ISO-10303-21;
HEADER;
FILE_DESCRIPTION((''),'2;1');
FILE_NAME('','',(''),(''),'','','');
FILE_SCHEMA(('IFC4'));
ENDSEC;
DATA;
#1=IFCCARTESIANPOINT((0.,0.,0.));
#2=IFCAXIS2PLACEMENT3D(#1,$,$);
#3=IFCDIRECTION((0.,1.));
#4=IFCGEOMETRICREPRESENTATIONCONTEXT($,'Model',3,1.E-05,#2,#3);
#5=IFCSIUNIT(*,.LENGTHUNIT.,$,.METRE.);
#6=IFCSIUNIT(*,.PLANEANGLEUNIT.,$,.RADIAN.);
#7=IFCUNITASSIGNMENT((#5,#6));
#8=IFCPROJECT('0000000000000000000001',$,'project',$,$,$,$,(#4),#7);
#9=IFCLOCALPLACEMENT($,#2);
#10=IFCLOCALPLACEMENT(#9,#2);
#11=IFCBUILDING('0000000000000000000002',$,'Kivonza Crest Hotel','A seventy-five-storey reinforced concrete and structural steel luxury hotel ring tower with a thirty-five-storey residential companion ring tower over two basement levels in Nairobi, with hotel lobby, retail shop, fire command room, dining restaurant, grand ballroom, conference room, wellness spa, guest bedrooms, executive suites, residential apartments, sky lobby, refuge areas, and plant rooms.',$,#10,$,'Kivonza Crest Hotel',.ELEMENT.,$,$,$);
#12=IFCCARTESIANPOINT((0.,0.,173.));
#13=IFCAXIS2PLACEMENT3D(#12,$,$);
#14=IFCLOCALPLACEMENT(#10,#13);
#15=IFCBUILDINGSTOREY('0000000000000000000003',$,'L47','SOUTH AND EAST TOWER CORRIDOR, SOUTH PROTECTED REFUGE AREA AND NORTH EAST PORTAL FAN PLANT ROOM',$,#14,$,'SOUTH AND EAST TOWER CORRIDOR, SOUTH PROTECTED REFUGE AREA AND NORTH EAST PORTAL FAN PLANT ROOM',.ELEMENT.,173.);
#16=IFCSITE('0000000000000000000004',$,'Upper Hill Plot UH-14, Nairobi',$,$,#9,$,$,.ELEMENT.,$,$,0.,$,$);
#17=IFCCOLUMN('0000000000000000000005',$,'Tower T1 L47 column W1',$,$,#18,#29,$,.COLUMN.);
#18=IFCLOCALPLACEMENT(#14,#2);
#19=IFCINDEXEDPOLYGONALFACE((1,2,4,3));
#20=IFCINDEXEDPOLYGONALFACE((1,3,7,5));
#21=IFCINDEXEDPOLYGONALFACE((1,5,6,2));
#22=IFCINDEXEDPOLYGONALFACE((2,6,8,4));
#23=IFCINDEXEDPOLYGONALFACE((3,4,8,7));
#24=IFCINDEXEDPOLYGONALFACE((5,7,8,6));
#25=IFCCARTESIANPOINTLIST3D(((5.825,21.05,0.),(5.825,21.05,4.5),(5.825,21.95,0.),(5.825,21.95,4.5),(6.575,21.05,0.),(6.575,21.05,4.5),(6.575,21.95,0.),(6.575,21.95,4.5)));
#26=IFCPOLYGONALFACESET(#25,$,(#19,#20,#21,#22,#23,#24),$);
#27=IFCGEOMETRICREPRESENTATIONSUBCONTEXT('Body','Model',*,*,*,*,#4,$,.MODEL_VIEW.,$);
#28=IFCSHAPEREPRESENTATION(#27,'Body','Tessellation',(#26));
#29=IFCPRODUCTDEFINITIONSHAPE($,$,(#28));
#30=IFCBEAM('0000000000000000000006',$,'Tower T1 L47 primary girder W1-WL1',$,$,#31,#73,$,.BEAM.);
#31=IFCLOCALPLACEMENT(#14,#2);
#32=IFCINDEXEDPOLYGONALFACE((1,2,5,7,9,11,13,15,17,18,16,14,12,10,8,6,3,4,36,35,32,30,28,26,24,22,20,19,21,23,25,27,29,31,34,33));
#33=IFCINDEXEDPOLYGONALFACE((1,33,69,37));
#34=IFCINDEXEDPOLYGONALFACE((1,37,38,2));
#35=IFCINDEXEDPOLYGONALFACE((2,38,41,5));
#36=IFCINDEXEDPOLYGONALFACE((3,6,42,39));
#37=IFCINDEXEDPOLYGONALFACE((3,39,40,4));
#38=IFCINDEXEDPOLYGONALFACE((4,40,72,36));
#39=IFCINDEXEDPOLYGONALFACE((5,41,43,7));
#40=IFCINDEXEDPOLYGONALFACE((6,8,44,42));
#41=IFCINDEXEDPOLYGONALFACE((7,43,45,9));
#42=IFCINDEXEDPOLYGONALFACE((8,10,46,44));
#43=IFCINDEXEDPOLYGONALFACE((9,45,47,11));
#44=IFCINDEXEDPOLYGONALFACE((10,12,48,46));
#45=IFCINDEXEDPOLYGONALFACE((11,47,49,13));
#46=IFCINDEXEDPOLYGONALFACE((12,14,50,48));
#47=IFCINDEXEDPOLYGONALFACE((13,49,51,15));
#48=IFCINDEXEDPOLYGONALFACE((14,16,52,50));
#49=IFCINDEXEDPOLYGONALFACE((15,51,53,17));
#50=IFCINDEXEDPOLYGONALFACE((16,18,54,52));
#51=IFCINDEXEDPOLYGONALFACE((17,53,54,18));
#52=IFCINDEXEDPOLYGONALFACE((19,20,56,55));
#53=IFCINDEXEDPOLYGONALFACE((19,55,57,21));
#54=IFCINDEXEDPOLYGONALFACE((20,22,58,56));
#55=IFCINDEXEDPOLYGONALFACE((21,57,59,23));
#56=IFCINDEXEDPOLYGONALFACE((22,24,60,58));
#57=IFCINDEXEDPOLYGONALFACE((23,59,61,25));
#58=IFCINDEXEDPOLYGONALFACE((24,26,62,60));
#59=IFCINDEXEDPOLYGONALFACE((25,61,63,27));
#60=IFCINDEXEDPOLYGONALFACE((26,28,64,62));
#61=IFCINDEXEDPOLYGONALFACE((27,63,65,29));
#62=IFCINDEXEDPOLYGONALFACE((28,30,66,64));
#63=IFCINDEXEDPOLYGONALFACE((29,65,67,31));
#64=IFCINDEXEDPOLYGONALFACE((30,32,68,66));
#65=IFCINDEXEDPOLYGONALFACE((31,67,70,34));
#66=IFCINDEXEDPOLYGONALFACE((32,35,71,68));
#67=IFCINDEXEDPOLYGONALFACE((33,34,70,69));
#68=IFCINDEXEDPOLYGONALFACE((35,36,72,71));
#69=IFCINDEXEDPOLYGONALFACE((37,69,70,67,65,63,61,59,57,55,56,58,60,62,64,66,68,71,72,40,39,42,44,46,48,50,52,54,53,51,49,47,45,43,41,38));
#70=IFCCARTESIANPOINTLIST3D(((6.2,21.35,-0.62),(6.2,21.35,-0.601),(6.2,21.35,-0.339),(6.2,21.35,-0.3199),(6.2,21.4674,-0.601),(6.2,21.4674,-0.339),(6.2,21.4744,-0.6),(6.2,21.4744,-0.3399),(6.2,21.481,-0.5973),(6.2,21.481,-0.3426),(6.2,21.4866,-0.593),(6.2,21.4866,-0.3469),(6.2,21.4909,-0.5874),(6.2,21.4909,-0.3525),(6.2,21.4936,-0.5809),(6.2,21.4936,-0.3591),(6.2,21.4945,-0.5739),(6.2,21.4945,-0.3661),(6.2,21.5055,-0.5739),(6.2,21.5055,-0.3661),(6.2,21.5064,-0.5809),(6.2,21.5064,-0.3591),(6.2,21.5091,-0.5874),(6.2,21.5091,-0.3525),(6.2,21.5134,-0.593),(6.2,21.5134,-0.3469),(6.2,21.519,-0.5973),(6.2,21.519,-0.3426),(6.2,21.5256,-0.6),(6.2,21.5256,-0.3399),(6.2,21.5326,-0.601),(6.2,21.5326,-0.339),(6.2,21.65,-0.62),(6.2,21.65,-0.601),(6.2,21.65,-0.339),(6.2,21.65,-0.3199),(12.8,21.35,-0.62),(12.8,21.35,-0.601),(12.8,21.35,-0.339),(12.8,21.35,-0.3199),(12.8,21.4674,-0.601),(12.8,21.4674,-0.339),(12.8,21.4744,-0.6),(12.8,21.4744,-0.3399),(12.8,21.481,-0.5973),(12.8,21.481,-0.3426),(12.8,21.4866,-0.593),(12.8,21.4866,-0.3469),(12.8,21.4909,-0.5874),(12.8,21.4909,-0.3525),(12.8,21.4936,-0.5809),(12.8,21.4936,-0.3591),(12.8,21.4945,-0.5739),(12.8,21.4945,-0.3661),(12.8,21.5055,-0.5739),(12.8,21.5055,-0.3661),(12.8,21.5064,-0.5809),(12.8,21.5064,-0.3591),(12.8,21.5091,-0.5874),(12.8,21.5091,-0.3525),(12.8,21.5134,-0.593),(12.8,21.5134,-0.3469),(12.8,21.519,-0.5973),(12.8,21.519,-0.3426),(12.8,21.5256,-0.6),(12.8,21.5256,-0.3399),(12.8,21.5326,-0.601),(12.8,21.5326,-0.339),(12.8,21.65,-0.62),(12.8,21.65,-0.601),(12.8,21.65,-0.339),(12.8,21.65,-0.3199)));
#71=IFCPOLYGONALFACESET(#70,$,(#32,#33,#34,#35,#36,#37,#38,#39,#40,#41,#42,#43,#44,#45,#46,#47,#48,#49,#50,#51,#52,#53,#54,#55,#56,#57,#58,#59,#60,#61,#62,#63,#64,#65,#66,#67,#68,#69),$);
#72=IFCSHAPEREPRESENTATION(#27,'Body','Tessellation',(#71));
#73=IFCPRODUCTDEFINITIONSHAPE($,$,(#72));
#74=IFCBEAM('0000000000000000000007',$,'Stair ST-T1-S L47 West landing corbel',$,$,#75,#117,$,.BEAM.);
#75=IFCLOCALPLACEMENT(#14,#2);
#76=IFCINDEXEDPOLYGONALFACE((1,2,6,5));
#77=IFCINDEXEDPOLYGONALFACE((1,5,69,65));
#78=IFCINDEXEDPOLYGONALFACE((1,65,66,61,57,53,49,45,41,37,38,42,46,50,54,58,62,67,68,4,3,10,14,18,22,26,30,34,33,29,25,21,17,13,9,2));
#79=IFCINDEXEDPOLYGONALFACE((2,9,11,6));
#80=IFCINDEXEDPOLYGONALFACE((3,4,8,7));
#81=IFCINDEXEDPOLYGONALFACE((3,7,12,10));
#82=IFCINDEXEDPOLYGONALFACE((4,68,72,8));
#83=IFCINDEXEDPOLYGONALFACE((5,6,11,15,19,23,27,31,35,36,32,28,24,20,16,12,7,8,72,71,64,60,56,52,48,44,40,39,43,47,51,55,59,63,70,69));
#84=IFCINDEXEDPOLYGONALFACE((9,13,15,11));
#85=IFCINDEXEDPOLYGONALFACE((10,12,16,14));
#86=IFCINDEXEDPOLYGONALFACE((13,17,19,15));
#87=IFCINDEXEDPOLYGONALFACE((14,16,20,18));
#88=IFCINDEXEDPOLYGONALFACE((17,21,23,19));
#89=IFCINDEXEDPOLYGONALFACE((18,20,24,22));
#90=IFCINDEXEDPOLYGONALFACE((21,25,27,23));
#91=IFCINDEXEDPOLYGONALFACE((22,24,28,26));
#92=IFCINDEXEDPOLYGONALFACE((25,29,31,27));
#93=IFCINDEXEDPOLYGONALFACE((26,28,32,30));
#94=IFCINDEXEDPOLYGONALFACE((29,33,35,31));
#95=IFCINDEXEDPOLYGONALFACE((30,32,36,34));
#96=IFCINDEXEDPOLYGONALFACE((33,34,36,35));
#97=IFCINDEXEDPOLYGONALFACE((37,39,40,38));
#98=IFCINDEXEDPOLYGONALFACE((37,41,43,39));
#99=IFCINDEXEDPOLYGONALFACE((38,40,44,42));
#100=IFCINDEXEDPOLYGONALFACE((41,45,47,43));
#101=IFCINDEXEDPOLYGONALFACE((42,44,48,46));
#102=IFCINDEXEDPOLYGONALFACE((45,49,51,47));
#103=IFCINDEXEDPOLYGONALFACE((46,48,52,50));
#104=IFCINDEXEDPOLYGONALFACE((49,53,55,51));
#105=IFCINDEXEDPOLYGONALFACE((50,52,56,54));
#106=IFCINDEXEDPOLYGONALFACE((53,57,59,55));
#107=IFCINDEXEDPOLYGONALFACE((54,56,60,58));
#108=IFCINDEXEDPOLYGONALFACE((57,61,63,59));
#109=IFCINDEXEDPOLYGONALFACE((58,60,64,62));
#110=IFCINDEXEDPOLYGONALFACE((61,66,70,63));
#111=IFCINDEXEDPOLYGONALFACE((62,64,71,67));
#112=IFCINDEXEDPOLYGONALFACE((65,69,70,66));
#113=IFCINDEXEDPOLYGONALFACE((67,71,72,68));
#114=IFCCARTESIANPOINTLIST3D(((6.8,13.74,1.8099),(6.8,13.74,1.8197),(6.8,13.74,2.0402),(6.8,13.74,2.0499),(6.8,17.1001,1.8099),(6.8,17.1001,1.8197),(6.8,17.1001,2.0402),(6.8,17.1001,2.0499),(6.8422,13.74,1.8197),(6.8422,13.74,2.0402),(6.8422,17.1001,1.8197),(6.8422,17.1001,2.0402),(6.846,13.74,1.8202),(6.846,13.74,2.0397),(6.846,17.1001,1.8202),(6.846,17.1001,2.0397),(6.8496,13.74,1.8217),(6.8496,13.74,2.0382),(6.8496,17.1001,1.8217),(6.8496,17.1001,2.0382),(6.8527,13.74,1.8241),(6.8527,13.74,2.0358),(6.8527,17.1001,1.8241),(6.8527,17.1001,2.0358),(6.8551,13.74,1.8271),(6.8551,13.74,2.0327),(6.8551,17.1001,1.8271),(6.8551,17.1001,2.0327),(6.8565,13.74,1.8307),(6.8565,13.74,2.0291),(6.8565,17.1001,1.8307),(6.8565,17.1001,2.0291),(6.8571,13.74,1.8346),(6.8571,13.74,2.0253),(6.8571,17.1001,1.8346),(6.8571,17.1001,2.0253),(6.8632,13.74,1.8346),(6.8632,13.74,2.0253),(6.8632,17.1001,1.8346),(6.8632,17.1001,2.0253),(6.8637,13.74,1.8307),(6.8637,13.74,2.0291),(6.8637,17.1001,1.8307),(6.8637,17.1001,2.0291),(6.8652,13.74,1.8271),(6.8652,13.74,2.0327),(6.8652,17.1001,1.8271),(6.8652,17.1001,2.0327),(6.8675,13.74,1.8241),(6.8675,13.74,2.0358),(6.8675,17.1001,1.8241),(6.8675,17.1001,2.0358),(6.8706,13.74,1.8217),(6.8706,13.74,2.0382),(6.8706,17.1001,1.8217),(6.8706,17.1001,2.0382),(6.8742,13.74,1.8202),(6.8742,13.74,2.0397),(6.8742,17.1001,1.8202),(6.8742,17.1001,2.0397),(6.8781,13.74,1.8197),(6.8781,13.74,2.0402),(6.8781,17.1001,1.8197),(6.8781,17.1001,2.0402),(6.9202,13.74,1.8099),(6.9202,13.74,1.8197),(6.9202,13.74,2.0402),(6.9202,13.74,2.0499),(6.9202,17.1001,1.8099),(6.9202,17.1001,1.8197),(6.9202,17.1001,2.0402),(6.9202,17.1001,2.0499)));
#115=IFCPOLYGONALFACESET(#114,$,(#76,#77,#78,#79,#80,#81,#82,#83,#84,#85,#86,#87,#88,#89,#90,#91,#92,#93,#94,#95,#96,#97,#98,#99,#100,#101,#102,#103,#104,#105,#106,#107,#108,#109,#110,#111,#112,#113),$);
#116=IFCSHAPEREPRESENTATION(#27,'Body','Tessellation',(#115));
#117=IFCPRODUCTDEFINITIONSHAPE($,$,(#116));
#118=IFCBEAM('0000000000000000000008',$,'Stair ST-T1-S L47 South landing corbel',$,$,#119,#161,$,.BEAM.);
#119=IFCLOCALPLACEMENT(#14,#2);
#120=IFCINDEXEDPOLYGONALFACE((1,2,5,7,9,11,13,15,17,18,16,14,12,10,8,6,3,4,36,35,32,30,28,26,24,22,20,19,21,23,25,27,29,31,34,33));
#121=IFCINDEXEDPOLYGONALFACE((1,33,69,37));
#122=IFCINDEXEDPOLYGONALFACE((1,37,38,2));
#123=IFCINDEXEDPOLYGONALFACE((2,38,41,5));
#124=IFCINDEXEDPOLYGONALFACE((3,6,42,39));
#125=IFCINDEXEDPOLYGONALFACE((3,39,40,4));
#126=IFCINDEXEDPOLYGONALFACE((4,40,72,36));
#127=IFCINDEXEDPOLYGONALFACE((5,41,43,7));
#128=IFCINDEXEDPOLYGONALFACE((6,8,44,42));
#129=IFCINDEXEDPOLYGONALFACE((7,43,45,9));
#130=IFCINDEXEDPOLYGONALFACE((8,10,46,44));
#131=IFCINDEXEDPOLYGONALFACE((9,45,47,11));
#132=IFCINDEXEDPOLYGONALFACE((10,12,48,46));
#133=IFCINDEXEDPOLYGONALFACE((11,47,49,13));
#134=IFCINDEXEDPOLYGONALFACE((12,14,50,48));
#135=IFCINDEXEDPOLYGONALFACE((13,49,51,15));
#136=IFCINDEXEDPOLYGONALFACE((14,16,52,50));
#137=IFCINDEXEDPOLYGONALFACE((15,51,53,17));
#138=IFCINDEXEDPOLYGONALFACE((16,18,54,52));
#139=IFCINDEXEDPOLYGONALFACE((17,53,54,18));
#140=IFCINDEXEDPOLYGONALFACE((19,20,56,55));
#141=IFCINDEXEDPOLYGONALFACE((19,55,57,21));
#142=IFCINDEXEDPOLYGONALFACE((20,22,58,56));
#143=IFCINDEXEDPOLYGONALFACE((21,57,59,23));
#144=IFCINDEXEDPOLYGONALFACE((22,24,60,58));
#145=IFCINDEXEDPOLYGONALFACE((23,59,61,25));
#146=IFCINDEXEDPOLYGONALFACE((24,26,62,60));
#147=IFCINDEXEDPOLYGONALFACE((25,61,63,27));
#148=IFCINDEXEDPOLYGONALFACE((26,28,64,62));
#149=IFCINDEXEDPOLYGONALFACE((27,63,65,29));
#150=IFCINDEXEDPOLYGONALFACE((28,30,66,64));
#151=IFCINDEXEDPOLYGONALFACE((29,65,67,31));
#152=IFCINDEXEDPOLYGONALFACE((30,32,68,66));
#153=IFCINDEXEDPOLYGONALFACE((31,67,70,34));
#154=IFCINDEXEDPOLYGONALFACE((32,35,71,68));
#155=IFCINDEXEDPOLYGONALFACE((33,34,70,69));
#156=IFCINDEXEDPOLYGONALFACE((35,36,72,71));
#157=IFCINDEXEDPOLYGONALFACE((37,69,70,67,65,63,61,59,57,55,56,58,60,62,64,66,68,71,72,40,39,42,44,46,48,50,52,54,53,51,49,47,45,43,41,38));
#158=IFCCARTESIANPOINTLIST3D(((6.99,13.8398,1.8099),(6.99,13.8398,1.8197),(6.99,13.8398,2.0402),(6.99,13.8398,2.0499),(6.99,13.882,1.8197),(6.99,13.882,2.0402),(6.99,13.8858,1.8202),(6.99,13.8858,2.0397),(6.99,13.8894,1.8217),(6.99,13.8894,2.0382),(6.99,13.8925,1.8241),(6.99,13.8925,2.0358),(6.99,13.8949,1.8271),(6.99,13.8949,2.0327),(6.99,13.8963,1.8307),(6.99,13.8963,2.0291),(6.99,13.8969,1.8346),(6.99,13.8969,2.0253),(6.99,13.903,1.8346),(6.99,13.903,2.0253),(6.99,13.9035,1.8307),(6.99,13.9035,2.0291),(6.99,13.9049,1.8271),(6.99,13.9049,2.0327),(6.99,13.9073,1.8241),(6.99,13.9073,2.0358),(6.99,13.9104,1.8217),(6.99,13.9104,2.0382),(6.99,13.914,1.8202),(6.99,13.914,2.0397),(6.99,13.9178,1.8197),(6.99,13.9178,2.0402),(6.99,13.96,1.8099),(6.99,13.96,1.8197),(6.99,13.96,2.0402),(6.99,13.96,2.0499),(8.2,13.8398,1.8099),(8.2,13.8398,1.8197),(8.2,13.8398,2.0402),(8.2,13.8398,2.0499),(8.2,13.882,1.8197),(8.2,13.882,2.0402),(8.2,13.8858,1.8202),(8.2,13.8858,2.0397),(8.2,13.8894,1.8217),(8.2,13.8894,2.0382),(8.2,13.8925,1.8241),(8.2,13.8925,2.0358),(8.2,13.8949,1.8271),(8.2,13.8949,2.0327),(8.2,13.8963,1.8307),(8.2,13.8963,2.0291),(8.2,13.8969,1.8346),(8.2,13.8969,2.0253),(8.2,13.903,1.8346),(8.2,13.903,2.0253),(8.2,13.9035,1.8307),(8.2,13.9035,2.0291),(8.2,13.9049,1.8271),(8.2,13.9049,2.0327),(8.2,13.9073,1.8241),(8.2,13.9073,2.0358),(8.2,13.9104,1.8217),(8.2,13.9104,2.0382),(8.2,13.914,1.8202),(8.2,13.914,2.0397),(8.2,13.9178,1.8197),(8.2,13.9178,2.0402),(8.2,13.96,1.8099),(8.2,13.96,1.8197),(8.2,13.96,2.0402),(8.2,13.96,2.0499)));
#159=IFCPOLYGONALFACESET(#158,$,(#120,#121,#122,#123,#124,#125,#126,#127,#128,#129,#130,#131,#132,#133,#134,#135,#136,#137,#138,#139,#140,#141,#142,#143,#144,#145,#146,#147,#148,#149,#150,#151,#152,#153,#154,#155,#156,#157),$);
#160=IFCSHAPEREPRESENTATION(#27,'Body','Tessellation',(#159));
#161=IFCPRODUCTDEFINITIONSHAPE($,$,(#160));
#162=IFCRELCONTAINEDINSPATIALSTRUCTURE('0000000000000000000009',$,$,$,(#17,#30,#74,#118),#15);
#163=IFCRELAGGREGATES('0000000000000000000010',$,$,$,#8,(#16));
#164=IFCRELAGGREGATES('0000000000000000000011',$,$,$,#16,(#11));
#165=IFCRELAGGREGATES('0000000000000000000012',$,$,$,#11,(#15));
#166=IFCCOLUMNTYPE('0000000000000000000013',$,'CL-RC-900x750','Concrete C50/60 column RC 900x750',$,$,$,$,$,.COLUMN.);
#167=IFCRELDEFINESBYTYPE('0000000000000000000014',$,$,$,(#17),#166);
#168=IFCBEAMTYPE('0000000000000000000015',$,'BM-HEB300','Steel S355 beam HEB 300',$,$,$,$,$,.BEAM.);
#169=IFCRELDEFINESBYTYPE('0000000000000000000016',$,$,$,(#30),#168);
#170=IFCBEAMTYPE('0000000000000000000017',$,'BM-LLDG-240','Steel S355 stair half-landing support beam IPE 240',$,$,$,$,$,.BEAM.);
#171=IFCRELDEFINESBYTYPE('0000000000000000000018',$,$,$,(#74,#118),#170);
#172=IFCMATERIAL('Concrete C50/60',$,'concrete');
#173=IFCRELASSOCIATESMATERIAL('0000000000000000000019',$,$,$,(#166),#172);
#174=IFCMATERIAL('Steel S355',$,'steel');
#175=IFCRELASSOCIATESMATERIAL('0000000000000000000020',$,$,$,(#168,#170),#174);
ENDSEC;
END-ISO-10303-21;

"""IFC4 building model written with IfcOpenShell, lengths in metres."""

from ifc_helpers import new_model, si_unit, direction, frame, origin, origin_2d, place, context, subcontext, project, spatial, rectangle, i_section, extrude, material, material_profile, profile_set, type_object, element, save


model = new_model("IFC4")

# Units and contexts
model_context = context("Model", 3, precision=1e-05, world=origin(), true_north=direction((0.0, 1.0)))
body_context = subcontext(model_context, "Body", "Model", "MODEL_VIEW")
ifc_project = project(units=[si_unit("LENGTHUNIT", "METRE"), si_unit("PLANEANGLEUNIT", "RADIAN")], contexts=[model_context])

# Site, building, storey
site_placement = place(None, origin())
site = spatial("IfcSite", under=ifc_project, at=site_placement, Name="Upper Hill Plot UH-14, Nairobi", CompositionType="ELEMENT", RefElevation=0.0)
building_placement = place(site_placement, origin())
building = spatial("IfcBuilding", under=site, at=building_placement, Name="Kivonza Crest Hotel", Description="A seventy-five-storey reinforced concrete and structural steel luxury hotel ring tower with a thirty-five-storey residential companion ring tower over two basement levels in Nairobi, with hotel lobby, retail shop, fire command room, dining restaurant, grand ballroom, conference room, wellness spa, guest bedrooms, executive suites, residential apartments, sky lobby, refuge areas, and plant rooms.", LongName="Kivonza Crest Hotel", CompositionType="ELEMENT")
storey_placement = place(building_placement, frame((0.0, 0.0, 173.0)))
storey = spatial("IfcBuildingStorey", under=building, at=storey_placement, Name="L47", Description="SOUTH AND EAST TOWER CORRIDOR, SOUTH PROTECTED REFUGE AREA AND NORTH EAST PORTAL FAN PLANT ROOM", LongName="SOUTH AND EAST TOWER CORRIDOR, SOUTH PROTECTED REFUGE AREA AND NORTH EAST PORTAL FAN PLANT ROOM", CompositionType="ELEMENT", Elevation=173.0)

# Column
ifc_material_1 = material(Name="Concrete C50/60", Category="concrete")
ifc_material_profile_1 = material_profile(ifc_material_1, rectangle(XDim=0.75, YDim=0.8999, at=origin_2d()), Name="RC 900x750")
ifc_profile_set_1 = profile_set([ifc_material_profile_1], Name="Concrete C50/60")
column_type = type_object("IfcColumnType", Name="CL-RC-900x750", Description="Concrete C50/60 column RC 900x750", PredefinedType="COLUMN", material=ifc_profile_set_1)
column_placement = place(storey_placement, frame((6.2, 21.5, 0.0), z_axis=(0.0, 0.0, 1.0), x_axis=(1.0, 0.0, 0.0)))
element("IfcColumn", 1, at=column_placement, inside=storey, type_object=column_type, Name="Tower T1 L47 column W1", PredefinedType="COLUMN", context=body_context, shape_type="SweptSolid", body=[
    extrude(rectangle(XDim=0.75, YDim=0.8999, at=origin_2d()), origin(), (0.0, 0.0, 1.0), 4.5),
])

# Beams
ifc_material_2 = material(Name="Steel S355", Category="steel")
ifc_material_profile_2 = material_profile(ifc_material_2, i_section(OverallWidth=0.3, OverallDepth=0.3, WebThickness=0.011, FlangeThickness=0.019, FilletRadius=0.0271, at=origin_2d()), Name="HEB 300")
ifc_profile_set_2 = profile_set([ifc_material_profile_2], Name="Steel S355")
beam_type_1 = type_object("IfcBeamType", Name="BM-HEB300", Description="Steel S355 beam HEB 300", PredefinedType="BEAM", material=ifc_profile_set_2)
beam_1_placement = place(storey_placement, frame((6.2, 21.5, -0.47), z_axis=(1.0, 0.0, 0.0), x_axis=(0.0, 1.0, 0.0)))
element("IfcBeam", 2, at=beam_1_placement, inside=storey, type_object=beam_type_1, Name="Tower T1 L47 primary girder W1-WL1", PredefinedType="BEAM", context=body_context, shape_type="SweptSolid", body=[
    extrude(i_section(OverallWidth=0.3, OverallDepth=0.3, WebThickness=0.011, FlangeThickness=0.019, FilletRadius=0.0271, at=origin_2d()), origin(), (0.0, 0.0, 1.0), 6.6001),
])
ifc_material_profile_3 = material_profile(ifc_material_2, i_section(OverallWidth=0.1201, OverallDepth=0.24, WebThickness=0.0061, FlangeThickness=0.0098, FilletRadius=0.0149, at=origin_2d()), Name="IPE 240")
ifc_profile_set_3 = profile_set([ifc_material_profile_3], Name="Steel S355")
beam_type_2 = type_object("IfcBeamType", Name="BM-LLDG-240", Description="Steel S355 stair half-landing support beam IPE 240", PredefinedType="BEAM", material=ifc_profile_set_3)
beam_2_placement = place(storey_placement, frame((6.8601, 13.74, 1.9299), z_axis=(0.0, 1.0, 0.0), x_axis=(-1.0, 0.0, 0.0)))
element("IfcBeam", 3, at=beam_2_placement, inside=storey, type_object=beam_type_2, Name="Stair ST-T1-S L47 West landing corbel", PredefinedType="BEAM", context=body_context, shape_type="SweptSolid", body=[
    extrude(i_section(OverallWidth=0.1201, OverallDepth=0.24, WebThickness=0.0061, FlangeThickness=0.0098, FilletRadius=0.0149, at=origin_2d()), origin(), (0.0, 0.0, 1.0), 3.3601),
])
for number, where, z_axis, x_axis, name in (
    (4, (6.99, 13.8999, 1.9299), (1.0, 0.0, 0.0), (0.0, 1.0, 0.0), "Stair ST-T1-S L47 South landing corbel"),
):
    element("IfcBeam", number, at=place(storey_placement, frame(where, z_axis=z_axis, x_axis=x_axis)), inside=storey, type_object=beam_type_2, Name=name, PredefinedType="BEAM", context=body_context, shape_type="SweptSolid", body=[
        extrude(i_section(OverallWidth=0.1201, OverallDepth=0.24, WebThickness=0.0061, FlangeThickness=0.0098, FilletRadius=0.0149, at=origin_2d()), origin(), (0.0, 0.0, 1.0), 1.21),
    ])

save(model, "model.ifc")
